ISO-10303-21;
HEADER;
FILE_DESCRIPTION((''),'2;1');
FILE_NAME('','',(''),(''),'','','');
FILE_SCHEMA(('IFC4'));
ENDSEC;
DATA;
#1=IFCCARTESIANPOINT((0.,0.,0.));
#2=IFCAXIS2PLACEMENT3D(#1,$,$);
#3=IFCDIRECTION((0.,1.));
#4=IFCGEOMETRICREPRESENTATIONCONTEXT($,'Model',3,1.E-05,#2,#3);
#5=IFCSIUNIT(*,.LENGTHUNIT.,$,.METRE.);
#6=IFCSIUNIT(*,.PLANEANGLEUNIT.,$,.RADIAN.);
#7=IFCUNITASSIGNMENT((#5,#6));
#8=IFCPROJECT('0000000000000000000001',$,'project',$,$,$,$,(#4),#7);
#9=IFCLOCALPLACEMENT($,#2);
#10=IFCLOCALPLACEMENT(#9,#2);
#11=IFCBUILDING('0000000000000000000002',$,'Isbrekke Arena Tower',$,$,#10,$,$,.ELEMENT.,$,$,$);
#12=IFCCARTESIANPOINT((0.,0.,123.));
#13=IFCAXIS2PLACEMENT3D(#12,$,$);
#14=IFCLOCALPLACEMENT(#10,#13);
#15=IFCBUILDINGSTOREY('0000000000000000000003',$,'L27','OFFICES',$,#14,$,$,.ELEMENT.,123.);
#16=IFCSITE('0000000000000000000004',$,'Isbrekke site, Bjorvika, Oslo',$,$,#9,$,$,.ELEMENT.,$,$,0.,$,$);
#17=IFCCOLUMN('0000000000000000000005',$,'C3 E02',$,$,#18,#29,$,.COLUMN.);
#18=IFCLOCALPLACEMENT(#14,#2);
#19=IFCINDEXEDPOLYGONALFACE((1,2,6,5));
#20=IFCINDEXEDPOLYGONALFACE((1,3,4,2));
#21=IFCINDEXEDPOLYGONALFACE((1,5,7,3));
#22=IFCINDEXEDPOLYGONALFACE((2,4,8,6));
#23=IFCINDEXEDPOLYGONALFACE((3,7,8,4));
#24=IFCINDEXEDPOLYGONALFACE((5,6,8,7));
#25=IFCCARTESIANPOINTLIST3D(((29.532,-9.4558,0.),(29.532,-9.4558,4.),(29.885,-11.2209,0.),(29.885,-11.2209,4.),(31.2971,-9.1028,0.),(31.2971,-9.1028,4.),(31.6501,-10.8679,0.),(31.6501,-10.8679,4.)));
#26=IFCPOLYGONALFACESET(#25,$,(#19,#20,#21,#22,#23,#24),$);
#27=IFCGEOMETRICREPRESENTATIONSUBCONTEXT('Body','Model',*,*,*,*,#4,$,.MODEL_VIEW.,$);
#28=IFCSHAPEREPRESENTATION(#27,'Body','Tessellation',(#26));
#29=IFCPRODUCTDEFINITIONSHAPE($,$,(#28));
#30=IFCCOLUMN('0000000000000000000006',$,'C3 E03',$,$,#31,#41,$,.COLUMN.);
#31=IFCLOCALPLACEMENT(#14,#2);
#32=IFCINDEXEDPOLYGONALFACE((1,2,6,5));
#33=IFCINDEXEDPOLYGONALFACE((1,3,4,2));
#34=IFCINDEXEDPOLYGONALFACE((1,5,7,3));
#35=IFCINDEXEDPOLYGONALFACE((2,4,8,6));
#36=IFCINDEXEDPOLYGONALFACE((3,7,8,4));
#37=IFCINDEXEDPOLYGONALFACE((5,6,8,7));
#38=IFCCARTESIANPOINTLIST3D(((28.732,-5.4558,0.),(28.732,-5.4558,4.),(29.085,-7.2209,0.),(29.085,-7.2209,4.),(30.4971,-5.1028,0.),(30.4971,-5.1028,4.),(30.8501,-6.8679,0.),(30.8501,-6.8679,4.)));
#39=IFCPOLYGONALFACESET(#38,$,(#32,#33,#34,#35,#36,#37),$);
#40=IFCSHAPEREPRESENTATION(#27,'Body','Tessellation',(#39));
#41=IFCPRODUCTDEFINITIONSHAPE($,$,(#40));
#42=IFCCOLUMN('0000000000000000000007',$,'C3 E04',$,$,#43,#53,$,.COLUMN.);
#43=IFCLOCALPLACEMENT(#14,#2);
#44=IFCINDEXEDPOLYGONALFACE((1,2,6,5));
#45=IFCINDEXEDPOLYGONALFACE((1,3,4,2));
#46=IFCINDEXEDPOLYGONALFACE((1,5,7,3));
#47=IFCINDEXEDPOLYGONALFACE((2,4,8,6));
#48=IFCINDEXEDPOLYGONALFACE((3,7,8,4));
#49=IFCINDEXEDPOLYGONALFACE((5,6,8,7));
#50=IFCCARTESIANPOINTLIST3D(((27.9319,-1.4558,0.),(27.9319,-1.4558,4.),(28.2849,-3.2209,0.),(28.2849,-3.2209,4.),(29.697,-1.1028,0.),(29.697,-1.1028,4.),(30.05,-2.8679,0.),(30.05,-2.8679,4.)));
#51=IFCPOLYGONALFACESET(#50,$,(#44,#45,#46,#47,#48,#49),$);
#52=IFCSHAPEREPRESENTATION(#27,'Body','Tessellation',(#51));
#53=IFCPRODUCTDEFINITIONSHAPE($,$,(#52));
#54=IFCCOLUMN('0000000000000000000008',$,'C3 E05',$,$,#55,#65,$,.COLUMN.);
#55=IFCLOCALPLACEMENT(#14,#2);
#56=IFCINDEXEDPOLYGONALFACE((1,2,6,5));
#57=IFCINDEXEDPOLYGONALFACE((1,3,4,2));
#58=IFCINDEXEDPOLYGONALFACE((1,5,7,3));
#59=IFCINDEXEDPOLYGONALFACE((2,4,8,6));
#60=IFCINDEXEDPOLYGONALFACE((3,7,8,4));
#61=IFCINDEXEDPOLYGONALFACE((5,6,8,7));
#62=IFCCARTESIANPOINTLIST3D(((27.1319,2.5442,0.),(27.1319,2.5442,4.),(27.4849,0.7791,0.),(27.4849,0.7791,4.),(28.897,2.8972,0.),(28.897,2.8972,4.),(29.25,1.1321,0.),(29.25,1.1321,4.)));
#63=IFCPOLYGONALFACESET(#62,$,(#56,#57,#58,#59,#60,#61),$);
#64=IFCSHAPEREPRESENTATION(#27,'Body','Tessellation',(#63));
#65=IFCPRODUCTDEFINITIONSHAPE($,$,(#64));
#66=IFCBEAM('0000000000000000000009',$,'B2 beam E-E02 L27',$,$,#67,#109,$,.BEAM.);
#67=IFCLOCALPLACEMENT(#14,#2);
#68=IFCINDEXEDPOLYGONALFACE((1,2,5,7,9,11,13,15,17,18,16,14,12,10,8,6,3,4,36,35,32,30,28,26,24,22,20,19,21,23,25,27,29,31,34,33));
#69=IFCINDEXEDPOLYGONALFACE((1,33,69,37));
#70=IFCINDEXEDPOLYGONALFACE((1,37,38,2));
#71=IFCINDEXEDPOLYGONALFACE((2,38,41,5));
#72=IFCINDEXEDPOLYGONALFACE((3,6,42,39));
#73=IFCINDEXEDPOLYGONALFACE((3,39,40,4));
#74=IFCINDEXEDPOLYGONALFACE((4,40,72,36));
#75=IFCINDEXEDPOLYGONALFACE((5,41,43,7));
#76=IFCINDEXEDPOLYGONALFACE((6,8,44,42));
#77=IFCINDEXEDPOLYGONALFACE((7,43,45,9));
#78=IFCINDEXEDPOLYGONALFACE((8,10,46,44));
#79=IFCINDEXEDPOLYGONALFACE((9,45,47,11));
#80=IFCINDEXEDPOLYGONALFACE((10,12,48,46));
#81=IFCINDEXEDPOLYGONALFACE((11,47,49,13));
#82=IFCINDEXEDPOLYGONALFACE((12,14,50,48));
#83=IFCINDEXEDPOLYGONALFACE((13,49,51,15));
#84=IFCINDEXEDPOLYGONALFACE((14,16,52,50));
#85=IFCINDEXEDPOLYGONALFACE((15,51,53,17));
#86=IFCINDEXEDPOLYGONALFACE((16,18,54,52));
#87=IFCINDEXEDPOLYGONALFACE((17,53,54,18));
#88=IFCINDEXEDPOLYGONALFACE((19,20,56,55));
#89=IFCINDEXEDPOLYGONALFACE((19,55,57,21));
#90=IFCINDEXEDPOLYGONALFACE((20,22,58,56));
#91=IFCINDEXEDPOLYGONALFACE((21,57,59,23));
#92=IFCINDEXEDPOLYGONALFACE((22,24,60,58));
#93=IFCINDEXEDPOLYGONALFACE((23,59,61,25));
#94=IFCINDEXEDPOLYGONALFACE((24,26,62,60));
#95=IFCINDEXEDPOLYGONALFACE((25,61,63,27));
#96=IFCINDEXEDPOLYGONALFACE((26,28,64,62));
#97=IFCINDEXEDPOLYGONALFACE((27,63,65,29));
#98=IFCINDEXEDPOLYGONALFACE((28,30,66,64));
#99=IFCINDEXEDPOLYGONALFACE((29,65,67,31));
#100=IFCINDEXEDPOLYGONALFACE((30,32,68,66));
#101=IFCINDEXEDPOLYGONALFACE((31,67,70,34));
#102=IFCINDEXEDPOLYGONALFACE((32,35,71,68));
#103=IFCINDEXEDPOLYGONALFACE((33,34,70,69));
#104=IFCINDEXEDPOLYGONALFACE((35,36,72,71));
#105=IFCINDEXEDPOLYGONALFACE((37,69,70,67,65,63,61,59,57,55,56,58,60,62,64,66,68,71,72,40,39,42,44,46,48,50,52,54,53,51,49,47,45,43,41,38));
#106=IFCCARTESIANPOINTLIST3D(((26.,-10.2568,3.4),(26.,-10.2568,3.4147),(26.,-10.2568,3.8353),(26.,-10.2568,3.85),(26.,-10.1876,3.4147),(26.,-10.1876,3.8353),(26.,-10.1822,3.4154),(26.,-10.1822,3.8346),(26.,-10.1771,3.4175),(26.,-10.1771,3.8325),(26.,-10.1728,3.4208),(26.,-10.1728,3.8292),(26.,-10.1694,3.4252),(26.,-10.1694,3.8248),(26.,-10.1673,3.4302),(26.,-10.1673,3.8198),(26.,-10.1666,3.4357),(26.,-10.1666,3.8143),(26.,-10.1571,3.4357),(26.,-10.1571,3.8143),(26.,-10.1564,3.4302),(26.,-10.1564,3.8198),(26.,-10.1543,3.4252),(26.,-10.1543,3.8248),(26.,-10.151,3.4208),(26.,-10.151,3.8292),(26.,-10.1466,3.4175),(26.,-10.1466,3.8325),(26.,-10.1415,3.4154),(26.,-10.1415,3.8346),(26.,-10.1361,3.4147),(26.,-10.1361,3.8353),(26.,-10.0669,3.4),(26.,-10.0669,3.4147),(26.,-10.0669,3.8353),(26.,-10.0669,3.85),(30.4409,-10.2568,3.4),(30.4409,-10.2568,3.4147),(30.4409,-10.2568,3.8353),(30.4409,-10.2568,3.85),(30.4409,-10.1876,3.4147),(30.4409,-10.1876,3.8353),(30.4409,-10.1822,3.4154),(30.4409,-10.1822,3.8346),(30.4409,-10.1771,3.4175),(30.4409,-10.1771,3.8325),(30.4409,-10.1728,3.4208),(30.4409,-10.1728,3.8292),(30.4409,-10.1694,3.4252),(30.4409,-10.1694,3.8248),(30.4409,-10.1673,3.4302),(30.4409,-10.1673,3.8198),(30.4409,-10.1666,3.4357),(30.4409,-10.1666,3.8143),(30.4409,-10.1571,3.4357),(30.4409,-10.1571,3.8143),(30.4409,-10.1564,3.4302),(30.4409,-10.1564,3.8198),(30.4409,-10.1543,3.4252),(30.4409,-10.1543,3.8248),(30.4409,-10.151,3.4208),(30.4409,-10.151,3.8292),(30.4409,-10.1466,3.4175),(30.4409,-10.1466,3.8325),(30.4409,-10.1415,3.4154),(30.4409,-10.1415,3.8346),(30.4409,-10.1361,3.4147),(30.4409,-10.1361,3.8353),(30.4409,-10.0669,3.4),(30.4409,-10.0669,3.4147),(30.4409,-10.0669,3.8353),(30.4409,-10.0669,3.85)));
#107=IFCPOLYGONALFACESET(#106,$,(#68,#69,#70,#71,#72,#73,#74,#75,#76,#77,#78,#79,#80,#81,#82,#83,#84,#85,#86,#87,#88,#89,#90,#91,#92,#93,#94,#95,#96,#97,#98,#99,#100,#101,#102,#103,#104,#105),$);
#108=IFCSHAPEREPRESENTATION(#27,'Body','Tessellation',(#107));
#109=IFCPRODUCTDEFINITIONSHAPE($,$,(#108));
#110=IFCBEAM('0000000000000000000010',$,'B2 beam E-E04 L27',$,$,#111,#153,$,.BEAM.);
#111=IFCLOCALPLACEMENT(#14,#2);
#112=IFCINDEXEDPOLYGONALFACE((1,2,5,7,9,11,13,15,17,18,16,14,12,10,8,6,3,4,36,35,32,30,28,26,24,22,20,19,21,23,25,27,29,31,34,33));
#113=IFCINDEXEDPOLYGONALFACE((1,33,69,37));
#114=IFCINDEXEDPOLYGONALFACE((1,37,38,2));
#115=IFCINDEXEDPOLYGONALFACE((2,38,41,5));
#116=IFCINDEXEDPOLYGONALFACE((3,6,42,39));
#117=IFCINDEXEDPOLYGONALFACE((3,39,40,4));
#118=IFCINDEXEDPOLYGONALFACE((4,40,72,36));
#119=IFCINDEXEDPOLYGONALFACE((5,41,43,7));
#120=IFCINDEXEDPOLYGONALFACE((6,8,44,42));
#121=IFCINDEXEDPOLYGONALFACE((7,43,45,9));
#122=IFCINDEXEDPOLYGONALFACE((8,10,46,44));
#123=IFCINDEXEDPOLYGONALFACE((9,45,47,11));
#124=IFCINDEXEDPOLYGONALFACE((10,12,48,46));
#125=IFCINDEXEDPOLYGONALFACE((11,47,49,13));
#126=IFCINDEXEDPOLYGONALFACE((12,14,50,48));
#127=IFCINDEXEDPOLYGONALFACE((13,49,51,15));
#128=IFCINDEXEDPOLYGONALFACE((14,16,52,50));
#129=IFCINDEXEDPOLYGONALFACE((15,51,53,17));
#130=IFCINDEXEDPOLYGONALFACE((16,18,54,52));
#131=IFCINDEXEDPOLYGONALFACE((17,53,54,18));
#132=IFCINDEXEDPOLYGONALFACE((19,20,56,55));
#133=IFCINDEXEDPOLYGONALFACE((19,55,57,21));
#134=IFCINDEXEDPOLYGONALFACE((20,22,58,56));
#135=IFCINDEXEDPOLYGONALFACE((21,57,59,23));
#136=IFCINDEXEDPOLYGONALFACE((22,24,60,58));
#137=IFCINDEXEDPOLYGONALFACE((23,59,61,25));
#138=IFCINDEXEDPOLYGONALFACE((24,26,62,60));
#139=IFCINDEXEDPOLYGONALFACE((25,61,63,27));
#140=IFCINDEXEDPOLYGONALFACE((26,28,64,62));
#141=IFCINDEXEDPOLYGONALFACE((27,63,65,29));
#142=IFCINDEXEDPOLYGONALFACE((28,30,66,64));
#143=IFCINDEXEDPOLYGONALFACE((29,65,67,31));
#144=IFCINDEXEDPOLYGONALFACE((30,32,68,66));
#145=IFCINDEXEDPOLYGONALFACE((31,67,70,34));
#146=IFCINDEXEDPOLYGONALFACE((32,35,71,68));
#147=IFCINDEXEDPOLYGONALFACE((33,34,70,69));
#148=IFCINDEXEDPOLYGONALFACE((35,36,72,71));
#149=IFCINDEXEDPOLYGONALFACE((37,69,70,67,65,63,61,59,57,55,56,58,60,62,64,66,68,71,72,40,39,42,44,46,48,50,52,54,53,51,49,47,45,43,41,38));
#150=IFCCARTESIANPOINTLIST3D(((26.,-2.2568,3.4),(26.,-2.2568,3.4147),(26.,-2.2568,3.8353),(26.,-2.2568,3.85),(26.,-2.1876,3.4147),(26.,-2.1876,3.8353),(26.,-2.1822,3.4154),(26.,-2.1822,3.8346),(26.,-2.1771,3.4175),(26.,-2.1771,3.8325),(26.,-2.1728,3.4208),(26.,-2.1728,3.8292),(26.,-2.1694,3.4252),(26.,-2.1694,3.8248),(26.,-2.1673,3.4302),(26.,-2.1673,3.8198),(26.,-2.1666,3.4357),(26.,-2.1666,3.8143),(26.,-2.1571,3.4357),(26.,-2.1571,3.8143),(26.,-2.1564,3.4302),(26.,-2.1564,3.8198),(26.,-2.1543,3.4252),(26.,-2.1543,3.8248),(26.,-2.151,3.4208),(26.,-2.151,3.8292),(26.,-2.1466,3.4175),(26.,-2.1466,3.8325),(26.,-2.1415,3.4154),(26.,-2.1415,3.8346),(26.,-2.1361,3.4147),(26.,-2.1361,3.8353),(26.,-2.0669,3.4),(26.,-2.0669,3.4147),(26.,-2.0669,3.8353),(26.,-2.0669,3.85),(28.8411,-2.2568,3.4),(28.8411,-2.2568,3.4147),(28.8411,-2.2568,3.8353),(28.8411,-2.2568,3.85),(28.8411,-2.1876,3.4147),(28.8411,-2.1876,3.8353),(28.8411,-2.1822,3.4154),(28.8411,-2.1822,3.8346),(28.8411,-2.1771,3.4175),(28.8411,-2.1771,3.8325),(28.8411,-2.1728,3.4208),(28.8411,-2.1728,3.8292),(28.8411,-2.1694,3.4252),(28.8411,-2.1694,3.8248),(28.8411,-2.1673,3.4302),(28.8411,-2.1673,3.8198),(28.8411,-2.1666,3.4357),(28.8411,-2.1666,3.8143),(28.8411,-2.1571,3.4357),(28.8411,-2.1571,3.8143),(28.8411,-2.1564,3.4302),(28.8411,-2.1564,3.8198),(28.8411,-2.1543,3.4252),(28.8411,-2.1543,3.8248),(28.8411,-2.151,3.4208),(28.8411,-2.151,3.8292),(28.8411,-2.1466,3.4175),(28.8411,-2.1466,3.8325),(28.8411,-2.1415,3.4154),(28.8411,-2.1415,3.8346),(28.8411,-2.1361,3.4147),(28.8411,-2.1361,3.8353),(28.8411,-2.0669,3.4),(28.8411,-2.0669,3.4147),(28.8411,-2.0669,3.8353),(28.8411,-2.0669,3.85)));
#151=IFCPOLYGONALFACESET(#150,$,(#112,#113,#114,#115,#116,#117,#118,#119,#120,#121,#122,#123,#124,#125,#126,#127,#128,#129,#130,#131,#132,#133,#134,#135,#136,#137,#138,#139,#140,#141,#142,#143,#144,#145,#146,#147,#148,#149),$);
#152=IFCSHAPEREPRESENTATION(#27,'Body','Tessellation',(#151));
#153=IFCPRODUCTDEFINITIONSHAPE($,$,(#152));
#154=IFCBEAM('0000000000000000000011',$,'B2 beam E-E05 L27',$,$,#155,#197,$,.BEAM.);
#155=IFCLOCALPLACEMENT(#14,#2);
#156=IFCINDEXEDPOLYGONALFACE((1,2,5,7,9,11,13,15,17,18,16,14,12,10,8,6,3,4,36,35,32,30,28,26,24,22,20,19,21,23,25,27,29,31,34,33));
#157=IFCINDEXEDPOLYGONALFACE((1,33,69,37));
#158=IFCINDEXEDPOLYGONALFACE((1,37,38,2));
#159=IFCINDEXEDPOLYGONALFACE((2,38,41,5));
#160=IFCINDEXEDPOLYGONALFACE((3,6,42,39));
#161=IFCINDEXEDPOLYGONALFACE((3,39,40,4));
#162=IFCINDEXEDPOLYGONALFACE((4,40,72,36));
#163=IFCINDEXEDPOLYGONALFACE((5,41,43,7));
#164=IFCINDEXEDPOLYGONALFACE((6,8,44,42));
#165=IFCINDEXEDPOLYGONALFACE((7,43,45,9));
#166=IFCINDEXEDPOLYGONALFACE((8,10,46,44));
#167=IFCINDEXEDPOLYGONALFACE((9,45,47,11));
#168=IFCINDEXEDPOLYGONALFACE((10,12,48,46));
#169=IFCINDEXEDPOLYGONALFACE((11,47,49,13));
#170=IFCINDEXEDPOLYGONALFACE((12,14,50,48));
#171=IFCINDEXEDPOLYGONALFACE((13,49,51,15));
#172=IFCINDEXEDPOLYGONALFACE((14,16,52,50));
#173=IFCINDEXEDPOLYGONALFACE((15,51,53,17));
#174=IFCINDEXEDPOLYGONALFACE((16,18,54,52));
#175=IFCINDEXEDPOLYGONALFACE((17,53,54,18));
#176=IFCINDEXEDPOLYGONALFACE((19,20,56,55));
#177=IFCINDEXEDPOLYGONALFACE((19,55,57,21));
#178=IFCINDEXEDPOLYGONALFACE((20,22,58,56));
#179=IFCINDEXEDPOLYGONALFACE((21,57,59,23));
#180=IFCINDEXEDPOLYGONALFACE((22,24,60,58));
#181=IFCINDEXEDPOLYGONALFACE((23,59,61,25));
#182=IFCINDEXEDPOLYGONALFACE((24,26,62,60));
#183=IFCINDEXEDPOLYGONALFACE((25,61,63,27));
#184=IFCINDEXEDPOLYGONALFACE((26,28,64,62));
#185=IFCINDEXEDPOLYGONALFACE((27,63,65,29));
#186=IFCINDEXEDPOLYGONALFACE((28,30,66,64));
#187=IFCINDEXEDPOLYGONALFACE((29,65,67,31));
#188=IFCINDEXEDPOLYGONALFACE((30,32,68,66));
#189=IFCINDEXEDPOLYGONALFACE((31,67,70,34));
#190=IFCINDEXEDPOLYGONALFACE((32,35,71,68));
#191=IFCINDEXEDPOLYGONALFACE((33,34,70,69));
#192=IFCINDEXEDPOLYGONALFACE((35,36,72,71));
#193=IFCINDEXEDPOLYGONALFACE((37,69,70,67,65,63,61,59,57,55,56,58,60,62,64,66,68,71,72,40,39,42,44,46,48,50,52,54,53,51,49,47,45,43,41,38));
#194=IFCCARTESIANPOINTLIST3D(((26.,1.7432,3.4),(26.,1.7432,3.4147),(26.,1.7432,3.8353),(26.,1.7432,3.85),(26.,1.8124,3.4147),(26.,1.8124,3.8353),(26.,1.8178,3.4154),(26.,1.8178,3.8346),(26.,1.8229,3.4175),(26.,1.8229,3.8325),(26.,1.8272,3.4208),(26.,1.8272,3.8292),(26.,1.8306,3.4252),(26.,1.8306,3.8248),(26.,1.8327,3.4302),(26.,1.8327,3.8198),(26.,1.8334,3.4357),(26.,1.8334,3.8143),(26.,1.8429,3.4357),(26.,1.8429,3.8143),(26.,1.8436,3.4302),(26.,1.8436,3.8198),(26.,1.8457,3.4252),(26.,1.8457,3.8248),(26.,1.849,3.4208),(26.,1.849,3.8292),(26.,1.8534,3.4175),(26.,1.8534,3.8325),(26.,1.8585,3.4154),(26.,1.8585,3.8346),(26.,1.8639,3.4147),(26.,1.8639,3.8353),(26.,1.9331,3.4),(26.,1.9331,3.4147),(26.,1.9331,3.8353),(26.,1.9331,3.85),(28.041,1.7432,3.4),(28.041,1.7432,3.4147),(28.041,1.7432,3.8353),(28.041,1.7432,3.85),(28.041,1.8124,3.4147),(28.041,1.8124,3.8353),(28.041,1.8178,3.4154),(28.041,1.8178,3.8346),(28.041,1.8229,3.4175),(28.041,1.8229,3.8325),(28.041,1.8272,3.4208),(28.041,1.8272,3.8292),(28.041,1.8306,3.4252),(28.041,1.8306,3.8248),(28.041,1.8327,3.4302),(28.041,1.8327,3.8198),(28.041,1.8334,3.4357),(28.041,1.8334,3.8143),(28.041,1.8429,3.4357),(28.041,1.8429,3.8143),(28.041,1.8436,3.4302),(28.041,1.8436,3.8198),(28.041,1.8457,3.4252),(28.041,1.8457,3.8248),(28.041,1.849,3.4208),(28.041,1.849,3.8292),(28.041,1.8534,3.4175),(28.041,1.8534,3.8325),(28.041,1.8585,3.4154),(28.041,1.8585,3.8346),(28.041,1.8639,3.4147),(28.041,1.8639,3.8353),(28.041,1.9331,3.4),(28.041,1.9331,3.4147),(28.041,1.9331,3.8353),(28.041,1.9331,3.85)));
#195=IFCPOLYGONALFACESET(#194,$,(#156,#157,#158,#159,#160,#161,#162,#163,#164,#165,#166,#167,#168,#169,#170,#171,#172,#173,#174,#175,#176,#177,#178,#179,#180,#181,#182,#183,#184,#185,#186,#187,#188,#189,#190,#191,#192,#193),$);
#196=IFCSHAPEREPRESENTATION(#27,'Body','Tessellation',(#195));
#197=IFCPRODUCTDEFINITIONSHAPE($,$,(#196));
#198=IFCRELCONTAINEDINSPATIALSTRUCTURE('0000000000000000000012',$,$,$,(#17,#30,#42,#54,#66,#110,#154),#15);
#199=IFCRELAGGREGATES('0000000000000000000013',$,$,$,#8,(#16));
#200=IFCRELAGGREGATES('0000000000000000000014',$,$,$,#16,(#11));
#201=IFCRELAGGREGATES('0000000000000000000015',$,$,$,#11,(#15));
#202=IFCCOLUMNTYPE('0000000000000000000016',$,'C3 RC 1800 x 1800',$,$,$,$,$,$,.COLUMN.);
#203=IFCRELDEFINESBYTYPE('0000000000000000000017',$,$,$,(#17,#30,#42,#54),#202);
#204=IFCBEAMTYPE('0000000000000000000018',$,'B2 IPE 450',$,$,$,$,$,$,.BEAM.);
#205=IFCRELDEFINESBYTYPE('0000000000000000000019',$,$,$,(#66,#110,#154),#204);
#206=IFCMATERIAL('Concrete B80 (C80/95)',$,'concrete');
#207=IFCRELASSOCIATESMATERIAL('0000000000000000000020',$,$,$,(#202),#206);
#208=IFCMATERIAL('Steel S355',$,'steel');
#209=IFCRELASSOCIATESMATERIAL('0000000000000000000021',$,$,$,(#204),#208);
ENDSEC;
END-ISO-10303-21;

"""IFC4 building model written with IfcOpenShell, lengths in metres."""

from ifc_helpers import new_model, si_unit, direction, frame, origin, origin_2d, place, context, subcontext, project, spatial, rectangle, i_section, extrude, material, material_profile, profile_set, type_object, element, save


model = new_model("IFC4")

# Units and contexts
model_context = context("Model", 3, precision=1e-05, world=origin(), true_north=direction((0.0, 1.0)))
body_context = subcontext(model_context, "Body", "Model", "MODEL_VIEW")
ifc_project = project(units=[si_unit("LENGTHUNIT", "METRE"), si_unit("PLANEANGLEUNIT", "RADIAN")], contexts=[model_context])

# Site, building, storey
site_placement = place(None, origin())
site = spatial("IfcSite", under=ifc_project, at=site_placement, Name="Isbrekke site, Bjorvika, Oslo", CompositionType="ELEMENT", RefElevation=0.0)
building_placement = place(site_placement, origin())
building = spatial("IfcBuilding", under=site, at=building_placement, Name="Isbrekke Arena Tower", CompositionType="ELEMENT")
storey_placement = place(building_placement, frame((0.0, 0.0, 123.0)))
storey = spatial("IfcBuildingStorey", under=building, at=storey_placement, Name="L27", Description="OFFICES", CompositionType="ELEMENT", Elevation=123.0)

# Columns
ifc_material_1 = material(Name="Concrete B80 (C80/95)", Category="concrete")
ifc_material_profile_1 = material_profile(ifc_material_1, rectangle(XDim=1.8, YDim=1.8, at=origin_2d()), Name="RC 1800x1800")
ifc_profile_set_1 = profile_set([ifc_material_profile_1], Name="Concrete B80 (C80/95)")
column_type = type_object("IfcColumnType", Name="C3 RC 1800 x 1800", PredefinedType="COLUMN", material=ifc_profile_set_1)
for number, where, z_axis, x_axis, name in (
    (1, (30.5911, -10.1619, 0.0), (0.0, 0.0, 1.0), (-0.196116, 0.980581, 0.0), "C3 E02"),
    (2, (29.791, -6.1619, 0.0), (0.0, 0.0, 1.0), (-0.196116, 0.980581, 0.0), "C3 E03"),
    (3, (28.991, -2.1619, 0.0), (0.0, 0.0, 1.0), (-0.196116, 0.980581, 0.0), "C3 E04"),
    (4, (28.1909, 1.8381, 0.0), (0.0, 0.0, 1.0), (-0.196116, 0.980581, 0.0), "C3 E05"),
):
    element("IfcColumn", number, at=place(storey_placement, frame(where, z_axis=z_axis, x_axis=x_axis)), inside=storey, type_object=column_type, Name=name, PredefinedType="COLUMN", context=body_context, shape_type="SweptSolid", body=[
        extrude(rectangle(XDim=1.8, YDim=1.8, at=origin_2d()), origin(), (0.0, 0.0, 1.0), 4.0),
    ])

# Beams
ifc_material_2 = material(Name="Steel S355", Category="steel")
ifc_material_profile_2 = material_profile(ifc_material_2, i_section(OverallWidth=0.1899, OverallDepth=0.45, WebThickness=0.0095, FlangeThickness=0.0146, FilletRadius=0.021, at=origin_2d()), Name="IPE 450")
ifc_profile_set_2 = profile_set([ifc_material_profile_2], Name="Steel S355")
beam_type_1 = type_object("IfcBeamType", Name="B2 IPE 450", PredefinedType="BEAM", material=ifc_profile_set_2)
beam_1_placement = place(storey_placement, frame((30.4409, -10.1619, 3.625), z_axis=(-1.0, 0.0, 0.0), x_axis=(0.0, -1.0, 0.0)))
element("IfcBeam", 5, at=beam_1_placement, inside=storey, type_object=beam_type_1, Name="B2 beam E-E02 L27", PredefinedType="BEAM", context=body_context, shape_type="SweptSolid", body=[
    extrude(i_section(OverallWidth=0.1899, OverallDepth=0.45, WebThickness=0.0095, FlangeThickness=0.0146, FilletRadius=0.021, at=origin_2d()), origin(), (0.0, 0.0, 1.0), 4.4409),
])
beam_2_placement = place(storey_placement, frame((28.8411, -2.1619, 3.625), z_axis=(-1.0, 0.0, 0.0), x_axis=(0.0, -1.0, 0.0)))
element("IfcBeam", 6, at=beam_2_placement, inside=storey, type_object=beam_type_1, Name="B2 beam E-E04 L27", PredefinedType="BEAM", context=body_context, shape_type="SweptSolid", body=[
    extrude(i_section(OverallWidth=0.1899, OverallDepth=0.45, WebThickness=0.0095, FlangeThickness=0.0146, FilletRadius=0.021, at=origin_2d()), origin(), (0.0, 0.0, 1.0), 2.8411),
])
beam_3_placement = place(storey_placement, frame((28.041, 1.8381, 3.625), z_axis=(-1.0, 0.0, 0.0), x_axis=(0.0, -1.0, 0.0)))
element("IfcBeam", 7, at=beam_3_placement, inside=storey, type_object=beam_type_1, Name="B2 beam E-E05 L27", PredefinedType="BEAM", context=body_context, shape_type="SweptSolid", body=[
    extrude(i_section(OverallWidth=0.1899, OverallDepth=0.45, WebThickness=0.0095, FlangeThickness=0.0146, FilletRadius=0.021, at=origin_2d()), origin(), (0.0, 0.0, 1.0), 2.041),
])

save(model, "model.ifc")
